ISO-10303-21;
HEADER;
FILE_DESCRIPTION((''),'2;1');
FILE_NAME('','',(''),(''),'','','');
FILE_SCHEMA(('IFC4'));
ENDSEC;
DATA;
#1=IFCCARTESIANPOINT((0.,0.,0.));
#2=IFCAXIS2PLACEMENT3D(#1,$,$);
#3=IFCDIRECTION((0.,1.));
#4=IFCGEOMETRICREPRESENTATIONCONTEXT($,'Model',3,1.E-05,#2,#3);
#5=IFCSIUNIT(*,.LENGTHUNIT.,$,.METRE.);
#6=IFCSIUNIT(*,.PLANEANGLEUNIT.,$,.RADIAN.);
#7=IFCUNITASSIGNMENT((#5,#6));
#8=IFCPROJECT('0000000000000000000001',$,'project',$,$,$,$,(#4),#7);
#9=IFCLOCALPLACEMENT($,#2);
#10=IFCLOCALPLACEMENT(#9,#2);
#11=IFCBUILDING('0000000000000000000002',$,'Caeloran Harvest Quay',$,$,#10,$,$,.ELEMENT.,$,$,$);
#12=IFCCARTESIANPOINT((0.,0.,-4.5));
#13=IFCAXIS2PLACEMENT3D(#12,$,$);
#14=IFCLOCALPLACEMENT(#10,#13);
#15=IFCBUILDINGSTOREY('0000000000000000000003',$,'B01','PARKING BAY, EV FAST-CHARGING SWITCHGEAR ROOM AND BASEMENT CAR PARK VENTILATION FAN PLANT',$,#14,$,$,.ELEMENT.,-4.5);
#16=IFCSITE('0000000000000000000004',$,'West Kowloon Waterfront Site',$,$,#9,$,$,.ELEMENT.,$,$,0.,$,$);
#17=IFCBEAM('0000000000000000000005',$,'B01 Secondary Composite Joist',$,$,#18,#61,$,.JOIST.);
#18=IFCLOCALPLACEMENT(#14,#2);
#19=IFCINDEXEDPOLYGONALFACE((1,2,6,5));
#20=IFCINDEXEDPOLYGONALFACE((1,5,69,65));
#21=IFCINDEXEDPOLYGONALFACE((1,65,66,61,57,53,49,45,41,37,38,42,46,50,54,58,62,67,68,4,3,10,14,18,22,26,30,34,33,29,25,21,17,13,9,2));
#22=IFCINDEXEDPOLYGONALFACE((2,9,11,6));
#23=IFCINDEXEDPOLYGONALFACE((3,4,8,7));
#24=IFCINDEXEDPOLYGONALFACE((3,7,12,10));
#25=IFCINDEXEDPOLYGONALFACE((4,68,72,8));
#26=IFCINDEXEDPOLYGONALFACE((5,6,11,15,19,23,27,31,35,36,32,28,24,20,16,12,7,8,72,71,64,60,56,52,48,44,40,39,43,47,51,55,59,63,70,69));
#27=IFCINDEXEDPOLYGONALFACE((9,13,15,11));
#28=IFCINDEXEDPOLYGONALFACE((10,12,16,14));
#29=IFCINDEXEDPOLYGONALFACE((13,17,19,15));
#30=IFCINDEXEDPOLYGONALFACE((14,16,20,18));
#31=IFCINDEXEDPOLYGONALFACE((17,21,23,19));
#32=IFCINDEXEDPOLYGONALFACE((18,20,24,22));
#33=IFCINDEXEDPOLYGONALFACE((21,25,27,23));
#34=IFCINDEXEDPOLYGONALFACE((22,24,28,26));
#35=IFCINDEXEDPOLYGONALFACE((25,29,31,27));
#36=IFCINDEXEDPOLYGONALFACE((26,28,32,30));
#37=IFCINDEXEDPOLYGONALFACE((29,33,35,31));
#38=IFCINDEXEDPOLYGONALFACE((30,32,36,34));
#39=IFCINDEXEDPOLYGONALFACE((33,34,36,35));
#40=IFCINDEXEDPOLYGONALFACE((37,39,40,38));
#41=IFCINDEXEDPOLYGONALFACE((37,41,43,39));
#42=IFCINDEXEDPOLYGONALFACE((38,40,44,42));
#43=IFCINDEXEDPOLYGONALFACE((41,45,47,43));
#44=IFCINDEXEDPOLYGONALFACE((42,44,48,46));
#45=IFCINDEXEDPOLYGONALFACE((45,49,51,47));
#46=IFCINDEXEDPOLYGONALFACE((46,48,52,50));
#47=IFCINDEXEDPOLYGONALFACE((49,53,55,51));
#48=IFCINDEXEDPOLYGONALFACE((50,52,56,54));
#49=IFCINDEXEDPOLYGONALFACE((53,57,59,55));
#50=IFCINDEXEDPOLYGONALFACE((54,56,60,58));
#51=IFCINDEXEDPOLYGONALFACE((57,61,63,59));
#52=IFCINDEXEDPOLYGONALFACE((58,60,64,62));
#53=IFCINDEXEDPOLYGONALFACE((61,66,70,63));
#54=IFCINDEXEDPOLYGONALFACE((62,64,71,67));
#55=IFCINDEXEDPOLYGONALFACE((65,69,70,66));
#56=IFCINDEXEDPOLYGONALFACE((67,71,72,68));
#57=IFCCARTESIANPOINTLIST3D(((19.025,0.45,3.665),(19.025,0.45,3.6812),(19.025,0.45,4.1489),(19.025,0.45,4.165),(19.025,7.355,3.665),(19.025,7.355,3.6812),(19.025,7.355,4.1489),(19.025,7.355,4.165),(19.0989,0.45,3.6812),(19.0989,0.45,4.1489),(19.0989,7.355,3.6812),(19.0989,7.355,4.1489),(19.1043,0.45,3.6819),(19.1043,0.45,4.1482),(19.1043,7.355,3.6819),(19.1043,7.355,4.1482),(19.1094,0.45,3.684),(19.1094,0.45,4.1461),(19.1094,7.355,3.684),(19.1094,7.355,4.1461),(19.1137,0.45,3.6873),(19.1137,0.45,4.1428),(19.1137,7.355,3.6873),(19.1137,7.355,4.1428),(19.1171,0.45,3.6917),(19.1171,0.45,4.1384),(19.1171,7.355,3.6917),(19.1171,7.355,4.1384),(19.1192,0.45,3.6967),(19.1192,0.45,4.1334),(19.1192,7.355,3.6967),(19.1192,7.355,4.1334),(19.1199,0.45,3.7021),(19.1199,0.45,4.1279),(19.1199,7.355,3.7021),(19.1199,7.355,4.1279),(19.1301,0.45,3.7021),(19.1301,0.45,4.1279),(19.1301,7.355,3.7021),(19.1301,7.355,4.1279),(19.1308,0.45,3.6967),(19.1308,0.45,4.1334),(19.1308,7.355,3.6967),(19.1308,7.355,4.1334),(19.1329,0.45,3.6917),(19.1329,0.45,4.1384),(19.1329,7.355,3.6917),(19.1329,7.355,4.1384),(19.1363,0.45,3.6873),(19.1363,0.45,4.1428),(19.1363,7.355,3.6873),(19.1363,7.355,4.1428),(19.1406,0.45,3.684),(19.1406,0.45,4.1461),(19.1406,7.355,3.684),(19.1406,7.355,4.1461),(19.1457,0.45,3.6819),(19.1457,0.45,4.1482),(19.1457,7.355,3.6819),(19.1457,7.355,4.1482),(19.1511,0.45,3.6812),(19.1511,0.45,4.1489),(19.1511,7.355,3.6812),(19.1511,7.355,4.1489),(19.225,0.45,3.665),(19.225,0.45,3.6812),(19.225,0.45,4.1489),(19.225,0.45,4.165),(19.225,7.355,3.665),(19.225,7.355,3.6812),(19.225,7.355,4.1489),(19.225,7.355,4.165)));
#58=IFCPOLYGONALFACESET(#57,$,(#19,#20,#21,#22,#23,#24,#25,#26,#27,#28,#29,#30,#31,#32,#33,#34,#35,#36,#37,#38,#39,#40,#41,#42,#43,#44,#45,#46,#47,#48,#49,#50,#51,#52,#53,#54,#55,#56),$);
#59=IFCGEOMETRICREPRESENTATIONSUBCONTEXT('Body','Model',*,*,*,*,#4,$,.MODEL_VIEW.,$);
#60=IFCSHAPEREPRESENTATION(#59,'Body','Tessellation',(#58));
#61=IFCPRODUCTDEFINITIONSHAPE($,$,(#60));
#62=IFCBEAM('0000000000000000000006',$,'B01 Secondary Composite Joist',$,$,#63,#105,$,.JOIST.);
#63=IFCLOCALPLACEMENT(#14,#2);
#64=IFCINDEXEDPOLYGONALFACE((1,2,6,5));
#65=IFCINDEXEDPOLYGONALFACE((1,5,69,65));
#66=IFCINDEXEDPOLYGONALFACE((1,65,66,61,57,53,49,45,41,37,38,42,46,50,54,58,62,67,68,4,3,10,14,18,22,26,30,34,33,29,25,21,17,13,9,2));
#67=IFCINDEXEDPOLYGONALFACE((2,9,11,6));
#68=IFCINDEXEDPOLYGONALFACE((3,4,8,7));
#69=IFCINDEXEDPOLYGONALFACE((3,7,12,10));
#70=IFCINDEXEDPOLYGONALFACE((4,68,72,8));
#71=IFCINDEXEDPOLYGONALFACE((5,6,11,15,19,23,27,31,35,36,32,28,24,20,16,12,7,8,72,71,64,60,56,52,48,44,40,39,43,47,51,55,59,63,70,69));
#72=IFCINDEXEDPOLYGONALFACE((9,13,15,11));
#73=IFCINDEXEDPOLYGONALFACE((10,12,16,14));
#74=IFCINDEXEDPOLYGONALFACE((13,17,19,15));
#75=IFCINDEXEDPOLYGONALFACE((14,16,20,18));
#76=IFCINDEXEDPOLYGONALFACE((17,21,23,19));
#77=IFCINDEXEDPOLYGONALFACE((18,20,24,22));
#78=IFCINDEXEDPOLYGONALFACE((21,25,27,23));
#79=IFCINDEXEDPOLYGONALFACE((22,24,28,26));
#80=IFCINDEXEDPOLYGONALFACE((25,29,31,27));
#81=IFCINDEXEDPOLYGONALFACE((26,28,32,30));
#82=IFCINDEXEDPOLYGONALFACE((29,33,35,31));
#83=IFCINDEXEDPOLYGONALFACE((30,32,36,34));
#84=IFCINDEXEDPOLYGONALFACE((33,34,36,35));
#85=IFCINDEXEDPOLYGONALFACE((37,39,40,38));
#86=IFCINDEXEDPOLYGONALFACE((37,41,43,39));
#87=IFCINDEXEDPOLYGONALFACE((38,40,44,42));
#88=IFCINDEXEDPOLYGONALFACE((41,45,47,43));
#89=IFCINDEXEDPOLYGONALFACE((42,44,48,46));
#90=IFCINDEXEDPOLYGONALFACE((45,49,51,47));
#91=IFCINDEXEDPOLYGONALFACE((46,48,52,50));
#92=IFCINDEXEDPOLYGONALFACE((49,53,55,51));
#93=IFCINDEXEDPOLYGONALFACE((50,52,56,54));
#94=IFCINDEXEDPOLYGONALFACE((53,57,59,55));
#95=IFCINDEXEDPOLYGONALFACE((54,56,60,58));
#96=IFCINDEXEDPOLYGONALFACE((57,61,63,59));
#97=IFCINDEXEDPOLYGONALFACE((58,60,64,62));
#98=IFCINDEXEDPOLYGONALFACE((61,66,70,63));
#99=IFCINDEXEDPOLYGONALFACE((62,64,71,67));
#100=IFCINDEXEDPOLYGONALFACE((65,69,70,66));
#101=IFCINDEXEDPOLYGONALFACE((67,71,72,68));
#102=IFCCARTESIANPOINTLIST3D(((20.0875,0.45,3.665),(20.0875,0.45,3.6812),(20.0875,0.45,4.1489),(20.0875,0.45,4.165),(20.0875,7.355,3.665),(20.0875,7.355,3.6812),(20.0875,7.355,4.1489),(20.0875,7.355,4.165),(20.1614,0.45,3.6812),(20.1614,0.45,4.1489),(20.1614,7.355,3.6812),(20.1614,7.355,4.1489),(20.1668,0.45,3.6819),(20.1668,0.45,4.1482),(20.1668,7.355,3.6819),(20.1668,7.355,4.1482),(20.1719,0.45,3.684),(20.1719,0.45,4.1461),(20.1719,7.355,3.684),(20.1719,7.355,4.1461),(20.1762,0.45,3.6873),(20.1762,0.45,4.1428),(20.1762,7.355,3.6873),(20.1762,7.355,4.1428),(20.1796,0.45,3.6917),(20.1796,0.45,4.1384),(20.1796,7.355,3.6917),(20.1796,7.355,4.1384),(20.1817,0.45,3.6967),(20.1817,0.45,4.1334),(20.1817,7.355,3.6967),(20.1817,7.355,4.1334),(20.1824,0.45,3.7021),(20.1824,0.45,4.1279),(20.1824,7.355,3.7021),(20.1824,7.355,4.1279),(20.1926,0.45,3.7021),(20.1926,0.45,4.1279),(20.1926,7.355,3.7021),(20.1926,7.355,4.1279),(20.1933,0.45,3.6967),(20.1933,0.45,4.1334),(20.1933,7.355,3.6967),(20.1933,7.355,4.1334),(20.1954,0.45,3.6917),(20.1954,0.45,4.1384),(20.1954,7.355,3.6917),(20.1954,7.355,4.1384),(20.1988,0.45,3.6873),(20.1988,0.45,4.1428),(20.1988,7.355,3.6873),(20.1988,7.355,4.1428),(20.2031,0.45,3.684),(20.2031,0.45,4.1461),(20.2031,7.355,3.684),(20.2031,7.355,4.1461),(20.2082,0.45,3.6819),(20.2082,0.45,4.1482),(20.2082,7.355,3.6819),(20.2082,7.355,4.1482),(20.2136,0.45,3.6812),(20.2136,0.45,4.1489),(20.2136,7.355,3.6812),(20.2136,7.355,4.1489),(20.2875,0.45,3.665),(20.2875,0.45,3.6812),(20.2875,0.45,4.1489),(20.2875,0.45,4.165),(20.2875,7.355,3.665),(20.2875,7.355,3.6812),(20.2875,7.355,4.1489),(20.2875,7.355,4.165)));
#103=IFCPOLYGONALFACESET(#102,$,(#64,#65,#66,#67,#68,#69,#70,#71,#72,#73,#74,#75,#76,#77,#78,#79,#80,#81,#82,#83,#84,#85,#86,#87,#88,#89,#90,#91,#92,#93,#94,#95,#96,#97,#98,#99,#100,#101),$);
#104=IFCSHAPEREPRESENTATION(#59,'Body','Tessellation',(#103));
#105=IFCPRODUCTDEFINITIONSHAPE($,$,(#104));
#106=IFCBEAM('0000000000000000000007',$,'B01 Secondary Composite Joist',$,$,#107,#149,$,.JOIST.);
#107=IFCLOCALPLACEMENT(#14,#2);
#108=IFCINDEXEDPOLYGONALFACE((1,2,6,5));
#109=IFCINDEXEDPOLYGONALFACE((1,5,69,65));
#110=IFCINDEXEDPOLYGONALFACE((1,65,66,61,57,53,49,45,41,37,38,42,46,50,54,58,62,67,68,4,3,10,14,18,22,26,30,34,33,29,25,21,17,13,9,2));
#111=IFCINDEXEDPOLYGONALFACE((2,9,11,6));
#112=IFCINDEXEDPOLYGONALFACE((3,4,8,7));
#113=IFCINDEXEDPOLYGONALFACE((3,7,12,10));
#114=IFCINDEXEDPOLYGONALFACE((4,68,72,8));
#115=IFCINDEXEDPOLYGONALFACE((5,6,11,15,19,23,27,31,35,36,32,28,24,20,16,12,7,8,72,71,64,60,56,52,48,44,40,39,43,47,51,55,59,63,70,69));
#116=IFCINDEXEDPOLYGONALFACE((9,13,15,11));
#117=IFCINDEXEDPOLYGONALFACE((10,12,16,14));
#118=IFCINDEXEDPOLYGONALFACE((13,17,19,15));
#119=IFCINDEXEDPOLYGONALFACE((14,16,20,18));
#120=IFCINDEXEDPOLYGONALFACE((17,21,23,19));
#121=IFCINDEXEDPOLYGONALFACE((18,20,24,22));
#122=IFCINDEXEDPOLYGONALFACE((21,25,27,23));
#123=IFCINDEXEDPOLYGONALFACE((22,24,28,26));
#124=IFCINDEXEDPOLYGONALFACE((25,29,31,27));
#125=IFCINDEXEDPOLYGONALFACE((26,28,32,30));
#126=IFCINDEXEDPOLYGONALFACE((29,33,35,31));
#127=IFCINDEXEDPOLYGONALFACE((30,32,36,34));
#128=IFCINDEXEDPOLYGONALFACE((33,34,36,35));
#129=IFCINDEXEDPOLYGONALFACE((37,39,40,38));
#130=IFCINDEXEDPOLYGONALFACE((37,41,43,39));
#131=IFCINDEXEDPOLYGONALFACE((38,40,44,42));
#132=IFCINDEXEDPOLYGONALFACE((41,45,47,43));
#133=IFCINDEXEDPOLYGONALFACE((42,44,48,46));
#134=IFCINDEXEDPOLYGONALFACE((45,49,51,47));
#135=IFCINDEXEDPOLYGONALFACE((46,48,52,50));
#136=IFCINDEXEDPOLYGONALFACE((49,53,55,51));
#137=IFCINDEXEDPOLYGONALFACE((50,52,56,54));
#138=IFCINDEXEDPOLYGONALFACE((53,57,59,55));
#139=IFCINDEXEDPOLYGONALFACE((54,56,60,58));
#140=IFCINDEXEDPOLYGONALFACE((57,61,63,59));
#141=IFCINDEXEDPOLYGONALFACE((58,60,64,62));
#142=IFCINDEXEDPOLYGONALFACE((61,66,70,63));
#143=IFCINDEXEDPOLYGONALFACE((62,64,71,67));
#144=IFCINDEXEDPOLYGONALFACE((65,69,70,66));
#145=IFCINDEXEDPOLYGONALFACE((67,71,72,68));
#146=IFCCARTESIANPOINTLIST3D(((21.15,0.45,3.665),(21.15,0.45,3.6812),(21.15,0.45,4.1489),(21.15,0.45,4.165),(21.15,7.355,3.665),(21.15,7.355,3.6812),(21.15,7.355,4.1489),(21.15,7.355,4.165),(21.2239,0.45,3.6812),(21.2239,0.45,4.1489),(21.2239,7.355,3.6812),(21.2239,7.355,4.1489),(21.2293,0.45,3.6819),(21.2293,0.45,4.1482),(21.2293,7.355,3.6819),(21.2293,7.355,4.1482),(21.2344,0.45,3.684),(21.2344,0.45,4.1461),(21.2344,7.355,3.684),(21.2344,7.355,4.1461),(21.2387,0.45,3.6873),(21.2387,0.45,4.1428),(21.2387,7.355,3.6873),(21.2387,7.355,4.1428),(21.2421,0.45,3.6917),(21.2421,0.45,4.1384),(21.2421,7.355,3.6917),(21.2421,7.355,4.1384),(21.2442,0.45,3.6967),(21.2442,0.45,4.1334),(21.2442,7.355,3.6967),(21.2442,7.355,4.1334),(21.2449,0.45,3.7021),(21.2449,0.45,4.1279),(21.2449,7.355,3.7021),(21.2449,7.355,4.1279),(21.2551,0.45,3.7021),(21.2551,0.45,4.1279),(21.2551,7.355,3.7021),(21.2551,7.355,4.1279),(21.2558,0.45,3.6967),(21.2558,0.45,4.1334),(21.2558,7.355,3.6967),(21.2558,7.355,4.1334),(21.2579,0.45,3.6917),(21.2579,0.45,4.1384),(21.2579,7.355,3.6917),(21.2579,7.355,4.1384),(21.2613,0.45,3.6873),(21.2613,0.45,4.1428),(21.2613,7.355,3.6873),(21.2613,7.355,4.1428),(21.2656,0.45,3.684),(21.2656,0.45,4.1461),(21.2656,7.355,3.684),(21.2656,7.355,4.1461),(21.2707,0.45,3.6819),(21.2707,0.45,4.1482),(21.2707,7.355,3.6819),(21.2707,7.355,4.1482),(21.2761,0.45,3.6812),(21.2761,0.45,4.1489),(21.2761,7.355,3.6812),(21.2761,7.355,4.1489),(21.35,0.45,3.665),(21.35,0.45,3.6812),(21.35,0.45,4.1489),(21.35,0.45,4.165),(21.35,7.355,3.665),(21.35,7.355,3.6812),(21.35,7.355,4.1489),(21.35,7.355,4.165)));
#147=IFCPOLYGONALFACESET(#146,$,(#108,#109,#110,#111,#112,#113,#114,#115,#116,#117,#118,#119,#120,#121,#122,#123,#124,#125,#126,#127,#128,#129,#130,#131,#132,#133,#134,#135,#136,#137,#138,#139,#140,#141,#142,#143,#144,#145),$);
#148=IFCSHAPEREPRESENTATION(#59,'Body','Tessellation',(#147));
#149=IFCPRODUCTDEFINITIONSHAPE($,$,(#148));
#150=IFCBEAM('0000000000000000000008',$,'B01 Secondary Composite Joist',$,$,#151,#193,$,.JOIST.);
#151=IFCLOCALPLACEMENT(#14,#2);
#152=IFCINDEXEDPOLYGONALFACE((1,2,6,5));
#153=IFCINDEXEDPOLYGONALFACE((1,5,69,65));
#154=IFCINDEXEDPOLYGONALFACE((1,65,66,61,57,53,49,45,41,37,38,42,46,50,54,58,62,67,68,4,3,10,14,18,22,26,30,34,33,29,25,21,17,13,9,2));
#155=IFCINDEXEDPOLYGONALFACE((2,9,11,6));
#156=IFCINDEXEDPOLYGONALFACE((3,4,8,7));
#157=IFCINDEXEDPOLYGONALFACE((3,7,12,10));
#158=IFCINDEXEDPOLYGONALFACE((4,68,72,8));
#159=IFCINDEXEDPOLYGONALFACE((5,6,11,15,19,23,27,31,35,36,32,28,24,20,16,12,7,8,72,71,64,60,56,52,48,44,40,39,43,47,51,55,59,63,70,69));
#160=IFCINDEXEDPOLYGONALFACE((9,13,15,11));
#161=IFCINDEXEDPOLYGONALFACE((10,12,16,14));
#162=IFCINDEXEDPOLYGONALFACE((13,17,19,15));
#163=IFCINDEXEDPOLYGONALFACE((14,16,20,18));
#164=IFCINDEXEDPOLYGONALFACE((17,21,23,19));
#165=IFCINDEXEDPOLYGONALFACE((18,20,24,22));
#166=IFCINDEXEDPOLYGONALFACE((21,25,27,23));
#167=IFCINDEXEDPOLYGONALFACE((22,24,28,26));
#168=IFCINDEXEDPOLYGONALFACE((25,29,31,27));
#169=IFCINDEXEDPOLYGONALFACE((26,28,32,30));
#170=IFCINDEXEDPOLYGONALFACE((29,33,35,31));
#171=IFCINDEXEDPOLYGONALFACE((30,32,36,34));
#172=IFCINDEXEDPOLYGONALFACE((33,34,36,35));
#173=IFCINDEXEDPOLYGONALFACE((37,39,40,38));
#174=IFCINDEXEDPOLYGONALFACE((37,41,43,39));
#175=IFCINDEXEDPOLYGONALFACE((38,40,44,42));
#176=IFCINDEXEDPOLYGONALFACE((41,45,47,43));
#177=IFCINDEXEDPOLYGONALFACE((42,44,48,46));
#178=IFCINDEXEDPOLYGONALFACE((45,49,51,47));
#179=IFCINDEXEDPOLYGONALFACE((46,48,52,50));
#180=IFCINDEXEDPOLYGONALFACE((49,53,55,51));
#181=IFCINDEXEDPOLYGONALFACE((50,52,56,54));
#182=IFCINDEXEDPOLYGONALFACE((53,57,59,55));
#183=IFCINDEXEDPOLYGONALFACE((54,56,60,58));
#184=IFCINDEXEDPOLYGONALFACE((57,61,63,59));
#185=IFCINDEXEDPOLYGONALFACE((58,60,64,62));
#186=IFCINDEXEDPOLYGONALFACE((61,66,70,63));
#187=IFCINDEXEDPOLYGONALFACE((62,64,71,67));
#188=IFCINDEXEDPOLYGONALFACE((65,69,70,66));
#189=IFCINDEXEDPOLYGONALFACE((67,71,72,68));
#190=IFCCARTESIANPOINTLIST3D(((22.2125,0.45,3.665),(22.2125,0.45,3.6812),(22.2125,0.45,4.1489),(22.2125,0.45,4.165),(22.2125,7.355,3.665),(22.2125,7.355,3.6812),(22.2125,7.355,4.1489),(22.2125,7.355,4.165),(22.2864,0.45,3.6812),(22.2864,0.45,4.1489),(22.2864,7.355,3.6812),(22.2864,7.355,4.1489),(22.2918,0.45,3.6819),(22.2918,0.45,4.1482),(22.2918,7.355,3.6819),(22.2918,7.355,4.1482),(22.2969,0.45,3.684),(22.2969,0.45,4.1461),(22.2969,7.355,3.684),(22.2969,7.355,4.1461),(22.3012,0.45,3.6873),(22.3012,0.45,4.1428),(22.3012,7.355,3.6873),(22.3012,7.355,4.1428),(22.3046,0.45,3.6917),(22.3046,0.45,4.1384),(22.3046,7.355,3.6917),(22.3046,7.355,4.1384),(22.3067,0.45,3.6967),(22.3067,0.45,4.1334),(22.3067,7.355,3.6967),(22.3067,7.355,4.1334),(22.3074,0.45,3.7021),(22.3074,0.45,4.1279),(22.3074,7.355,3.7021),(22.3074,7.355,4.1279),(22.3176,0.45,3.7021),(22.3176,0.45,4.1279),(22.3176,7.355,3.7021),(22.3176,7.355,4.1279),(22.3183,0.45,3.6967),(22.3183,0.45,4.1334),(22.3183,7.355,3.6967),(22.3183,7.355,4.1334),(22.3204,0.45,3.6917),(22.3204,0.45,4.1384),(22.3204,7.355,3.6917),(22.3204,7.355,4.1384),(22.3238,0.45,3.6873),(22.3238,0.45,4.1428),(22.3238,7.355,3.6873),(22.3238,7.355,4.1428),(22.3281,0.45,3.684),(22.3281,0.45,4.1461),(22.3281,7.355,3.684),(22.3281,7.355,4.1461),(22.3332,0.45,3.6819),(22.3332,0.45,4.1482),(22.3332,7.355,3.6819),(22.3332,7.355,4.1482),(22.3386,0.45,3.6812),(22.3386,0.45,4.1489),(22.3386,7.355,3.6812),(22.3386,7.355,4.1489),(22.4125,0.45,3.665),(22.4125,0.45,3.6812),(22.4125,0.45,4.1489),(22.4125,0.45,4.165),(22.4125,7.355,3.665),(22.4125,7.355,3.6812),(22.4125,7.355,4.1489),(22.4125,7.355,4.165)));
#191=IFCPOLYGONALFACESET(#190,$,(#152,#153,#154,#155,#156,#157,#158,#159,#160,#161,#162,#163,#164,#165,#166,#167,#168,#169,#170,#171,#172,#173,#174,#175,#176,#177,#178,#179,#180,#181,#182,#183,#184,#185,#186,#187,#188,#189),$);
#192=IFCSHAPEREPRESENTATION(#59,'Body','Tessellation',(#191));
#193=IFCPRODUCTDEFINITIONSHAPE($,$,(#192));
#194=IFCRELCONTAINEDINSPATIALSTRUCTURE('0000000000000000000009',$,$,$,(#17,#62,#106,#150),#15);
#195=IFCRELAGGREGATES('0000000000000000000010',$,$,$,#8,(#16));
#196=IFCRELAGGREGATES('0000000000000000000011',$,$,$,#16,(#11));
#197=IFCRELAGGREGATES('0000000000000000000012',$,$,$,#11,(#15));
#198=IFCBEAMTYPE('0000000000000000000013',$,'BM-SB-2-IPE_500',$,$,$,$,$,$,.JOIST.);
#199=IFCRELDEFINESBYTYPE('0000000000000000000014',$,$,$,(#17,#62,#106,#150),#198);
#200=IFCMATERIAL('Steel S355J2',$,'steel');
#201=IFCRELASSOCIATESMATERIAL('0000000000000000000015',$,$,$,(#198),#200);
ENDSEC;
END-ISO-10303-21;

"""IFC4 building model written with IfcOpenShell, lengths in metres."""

from ifc_helpers import new_model, si_unit, direction, frame, origin, origin_2d, place, context, subcontext, project, spatial, i_section, extrude, material, material_profile, profile_set, type_object, element, save


model = new_model("IFC4")

# Units and contexts
model_context = context("Model", 3, precision=1e-05, world=origin(), true_north=direction((0.0, 1.0)))
body_context = subcontext(model_context, "Body", "Model", "MODEL_VIEW")
ifc_project = project(units=[si_unit("LENGTHUNIT", "METRE"), si_unit("PLANEANGLEUNIT", "RADIAN")], contexts=[model_context])

# Site, building, storey
site_placement = place(None, origin())
site = spatial("IfcSite", under=ifc_project, at=site_placement, Name="West Kowloon Waterfront Site", CompositionType="ELEMENT", RefElevation=0.0)
building_placement = place(site_placement, origin())
building = spatial("IfcBuilding", under=site, at=building_placement, Name="Caeloran Harvest Quay", CompositionType="ELEMENT")
storey_placement = place(building_placement, frame((0.0, 0.0, -4.5)))
storey = spatial("IfcBuildingStorey", under=building, at=storey_placement, Name="B01", Description="PARKING BAY, EV FAST-CHARGING SWITCHGEAR ROOM AND BASEMENT CAR PARK VENTILATION FAN PLANT", CompositionType="ELEMENT", Elevation=-4.5)

# Beams
ifc_material_1 = material(Name="Steel S355J2", Category="steel")
ifc_material_profile_1 = material_profile(ifc_material_1, i_section(OverallWidth=0.2, OverallDepth=0.5, WebThickness=0.0103, FlangeThickness=0.0161, FilletRadius=0.021, at=origin_2d()), Name="IPE 500")
ifc_profile_set_1 = profile_set([ifc_material_profile_1], Name="Steel S355J2")
beam_type_1 = type_object("IfcBeamType", Name="BM-SB-2-IPE_500", PredefinedType="JOIST", material=ifc_profile_set_1)
for number, where, z_axis, x_axis, name in (
    (1, (19.125, 0.45, 3.915), (0.0, 1.0, 0.0), (-1.0, 0.0, 0.0), "B01 Secondary Composite Joist"),
    (2, (20.1875, 0.45, 3.915), (0.0, 1.0, 0.0), (-1.0, 0.0, 0.0), "B01 Secondary Composite Joist"),
    (3, (21.25, 0.45, 3.915), (0.0, 1.0, 0.0), (-1.0, 0.0, 0.0), "B01 Secondary Composite Joist"),
    (4, (22.3125, 0.45, 3.915), (0.0, 1.0, 0.0), (-1.0, 0.0, 0.0), "B01 Secondary Composite Joist"),
):
    element("IfcBeam", number, at=place(storey_placement, frame(where, z_axis=z_axis, x_axis=x_axis)), inside=storey, type_object=beam_type_1, Name=name, PredefinedType="JOIST", context=body_context, shape_type="SweptSolid", body=[
        extrude(i_section(OverallWidth=0.2, OverallDepth=0.5, WebThickness=0.0103, FlangeThickness=0.0161, FilletRadius=0.021, at=origin_2d()), origin(), (0.0, 0.0, 1.0), 6.905),
    ])

save(model, "model.ifc")
